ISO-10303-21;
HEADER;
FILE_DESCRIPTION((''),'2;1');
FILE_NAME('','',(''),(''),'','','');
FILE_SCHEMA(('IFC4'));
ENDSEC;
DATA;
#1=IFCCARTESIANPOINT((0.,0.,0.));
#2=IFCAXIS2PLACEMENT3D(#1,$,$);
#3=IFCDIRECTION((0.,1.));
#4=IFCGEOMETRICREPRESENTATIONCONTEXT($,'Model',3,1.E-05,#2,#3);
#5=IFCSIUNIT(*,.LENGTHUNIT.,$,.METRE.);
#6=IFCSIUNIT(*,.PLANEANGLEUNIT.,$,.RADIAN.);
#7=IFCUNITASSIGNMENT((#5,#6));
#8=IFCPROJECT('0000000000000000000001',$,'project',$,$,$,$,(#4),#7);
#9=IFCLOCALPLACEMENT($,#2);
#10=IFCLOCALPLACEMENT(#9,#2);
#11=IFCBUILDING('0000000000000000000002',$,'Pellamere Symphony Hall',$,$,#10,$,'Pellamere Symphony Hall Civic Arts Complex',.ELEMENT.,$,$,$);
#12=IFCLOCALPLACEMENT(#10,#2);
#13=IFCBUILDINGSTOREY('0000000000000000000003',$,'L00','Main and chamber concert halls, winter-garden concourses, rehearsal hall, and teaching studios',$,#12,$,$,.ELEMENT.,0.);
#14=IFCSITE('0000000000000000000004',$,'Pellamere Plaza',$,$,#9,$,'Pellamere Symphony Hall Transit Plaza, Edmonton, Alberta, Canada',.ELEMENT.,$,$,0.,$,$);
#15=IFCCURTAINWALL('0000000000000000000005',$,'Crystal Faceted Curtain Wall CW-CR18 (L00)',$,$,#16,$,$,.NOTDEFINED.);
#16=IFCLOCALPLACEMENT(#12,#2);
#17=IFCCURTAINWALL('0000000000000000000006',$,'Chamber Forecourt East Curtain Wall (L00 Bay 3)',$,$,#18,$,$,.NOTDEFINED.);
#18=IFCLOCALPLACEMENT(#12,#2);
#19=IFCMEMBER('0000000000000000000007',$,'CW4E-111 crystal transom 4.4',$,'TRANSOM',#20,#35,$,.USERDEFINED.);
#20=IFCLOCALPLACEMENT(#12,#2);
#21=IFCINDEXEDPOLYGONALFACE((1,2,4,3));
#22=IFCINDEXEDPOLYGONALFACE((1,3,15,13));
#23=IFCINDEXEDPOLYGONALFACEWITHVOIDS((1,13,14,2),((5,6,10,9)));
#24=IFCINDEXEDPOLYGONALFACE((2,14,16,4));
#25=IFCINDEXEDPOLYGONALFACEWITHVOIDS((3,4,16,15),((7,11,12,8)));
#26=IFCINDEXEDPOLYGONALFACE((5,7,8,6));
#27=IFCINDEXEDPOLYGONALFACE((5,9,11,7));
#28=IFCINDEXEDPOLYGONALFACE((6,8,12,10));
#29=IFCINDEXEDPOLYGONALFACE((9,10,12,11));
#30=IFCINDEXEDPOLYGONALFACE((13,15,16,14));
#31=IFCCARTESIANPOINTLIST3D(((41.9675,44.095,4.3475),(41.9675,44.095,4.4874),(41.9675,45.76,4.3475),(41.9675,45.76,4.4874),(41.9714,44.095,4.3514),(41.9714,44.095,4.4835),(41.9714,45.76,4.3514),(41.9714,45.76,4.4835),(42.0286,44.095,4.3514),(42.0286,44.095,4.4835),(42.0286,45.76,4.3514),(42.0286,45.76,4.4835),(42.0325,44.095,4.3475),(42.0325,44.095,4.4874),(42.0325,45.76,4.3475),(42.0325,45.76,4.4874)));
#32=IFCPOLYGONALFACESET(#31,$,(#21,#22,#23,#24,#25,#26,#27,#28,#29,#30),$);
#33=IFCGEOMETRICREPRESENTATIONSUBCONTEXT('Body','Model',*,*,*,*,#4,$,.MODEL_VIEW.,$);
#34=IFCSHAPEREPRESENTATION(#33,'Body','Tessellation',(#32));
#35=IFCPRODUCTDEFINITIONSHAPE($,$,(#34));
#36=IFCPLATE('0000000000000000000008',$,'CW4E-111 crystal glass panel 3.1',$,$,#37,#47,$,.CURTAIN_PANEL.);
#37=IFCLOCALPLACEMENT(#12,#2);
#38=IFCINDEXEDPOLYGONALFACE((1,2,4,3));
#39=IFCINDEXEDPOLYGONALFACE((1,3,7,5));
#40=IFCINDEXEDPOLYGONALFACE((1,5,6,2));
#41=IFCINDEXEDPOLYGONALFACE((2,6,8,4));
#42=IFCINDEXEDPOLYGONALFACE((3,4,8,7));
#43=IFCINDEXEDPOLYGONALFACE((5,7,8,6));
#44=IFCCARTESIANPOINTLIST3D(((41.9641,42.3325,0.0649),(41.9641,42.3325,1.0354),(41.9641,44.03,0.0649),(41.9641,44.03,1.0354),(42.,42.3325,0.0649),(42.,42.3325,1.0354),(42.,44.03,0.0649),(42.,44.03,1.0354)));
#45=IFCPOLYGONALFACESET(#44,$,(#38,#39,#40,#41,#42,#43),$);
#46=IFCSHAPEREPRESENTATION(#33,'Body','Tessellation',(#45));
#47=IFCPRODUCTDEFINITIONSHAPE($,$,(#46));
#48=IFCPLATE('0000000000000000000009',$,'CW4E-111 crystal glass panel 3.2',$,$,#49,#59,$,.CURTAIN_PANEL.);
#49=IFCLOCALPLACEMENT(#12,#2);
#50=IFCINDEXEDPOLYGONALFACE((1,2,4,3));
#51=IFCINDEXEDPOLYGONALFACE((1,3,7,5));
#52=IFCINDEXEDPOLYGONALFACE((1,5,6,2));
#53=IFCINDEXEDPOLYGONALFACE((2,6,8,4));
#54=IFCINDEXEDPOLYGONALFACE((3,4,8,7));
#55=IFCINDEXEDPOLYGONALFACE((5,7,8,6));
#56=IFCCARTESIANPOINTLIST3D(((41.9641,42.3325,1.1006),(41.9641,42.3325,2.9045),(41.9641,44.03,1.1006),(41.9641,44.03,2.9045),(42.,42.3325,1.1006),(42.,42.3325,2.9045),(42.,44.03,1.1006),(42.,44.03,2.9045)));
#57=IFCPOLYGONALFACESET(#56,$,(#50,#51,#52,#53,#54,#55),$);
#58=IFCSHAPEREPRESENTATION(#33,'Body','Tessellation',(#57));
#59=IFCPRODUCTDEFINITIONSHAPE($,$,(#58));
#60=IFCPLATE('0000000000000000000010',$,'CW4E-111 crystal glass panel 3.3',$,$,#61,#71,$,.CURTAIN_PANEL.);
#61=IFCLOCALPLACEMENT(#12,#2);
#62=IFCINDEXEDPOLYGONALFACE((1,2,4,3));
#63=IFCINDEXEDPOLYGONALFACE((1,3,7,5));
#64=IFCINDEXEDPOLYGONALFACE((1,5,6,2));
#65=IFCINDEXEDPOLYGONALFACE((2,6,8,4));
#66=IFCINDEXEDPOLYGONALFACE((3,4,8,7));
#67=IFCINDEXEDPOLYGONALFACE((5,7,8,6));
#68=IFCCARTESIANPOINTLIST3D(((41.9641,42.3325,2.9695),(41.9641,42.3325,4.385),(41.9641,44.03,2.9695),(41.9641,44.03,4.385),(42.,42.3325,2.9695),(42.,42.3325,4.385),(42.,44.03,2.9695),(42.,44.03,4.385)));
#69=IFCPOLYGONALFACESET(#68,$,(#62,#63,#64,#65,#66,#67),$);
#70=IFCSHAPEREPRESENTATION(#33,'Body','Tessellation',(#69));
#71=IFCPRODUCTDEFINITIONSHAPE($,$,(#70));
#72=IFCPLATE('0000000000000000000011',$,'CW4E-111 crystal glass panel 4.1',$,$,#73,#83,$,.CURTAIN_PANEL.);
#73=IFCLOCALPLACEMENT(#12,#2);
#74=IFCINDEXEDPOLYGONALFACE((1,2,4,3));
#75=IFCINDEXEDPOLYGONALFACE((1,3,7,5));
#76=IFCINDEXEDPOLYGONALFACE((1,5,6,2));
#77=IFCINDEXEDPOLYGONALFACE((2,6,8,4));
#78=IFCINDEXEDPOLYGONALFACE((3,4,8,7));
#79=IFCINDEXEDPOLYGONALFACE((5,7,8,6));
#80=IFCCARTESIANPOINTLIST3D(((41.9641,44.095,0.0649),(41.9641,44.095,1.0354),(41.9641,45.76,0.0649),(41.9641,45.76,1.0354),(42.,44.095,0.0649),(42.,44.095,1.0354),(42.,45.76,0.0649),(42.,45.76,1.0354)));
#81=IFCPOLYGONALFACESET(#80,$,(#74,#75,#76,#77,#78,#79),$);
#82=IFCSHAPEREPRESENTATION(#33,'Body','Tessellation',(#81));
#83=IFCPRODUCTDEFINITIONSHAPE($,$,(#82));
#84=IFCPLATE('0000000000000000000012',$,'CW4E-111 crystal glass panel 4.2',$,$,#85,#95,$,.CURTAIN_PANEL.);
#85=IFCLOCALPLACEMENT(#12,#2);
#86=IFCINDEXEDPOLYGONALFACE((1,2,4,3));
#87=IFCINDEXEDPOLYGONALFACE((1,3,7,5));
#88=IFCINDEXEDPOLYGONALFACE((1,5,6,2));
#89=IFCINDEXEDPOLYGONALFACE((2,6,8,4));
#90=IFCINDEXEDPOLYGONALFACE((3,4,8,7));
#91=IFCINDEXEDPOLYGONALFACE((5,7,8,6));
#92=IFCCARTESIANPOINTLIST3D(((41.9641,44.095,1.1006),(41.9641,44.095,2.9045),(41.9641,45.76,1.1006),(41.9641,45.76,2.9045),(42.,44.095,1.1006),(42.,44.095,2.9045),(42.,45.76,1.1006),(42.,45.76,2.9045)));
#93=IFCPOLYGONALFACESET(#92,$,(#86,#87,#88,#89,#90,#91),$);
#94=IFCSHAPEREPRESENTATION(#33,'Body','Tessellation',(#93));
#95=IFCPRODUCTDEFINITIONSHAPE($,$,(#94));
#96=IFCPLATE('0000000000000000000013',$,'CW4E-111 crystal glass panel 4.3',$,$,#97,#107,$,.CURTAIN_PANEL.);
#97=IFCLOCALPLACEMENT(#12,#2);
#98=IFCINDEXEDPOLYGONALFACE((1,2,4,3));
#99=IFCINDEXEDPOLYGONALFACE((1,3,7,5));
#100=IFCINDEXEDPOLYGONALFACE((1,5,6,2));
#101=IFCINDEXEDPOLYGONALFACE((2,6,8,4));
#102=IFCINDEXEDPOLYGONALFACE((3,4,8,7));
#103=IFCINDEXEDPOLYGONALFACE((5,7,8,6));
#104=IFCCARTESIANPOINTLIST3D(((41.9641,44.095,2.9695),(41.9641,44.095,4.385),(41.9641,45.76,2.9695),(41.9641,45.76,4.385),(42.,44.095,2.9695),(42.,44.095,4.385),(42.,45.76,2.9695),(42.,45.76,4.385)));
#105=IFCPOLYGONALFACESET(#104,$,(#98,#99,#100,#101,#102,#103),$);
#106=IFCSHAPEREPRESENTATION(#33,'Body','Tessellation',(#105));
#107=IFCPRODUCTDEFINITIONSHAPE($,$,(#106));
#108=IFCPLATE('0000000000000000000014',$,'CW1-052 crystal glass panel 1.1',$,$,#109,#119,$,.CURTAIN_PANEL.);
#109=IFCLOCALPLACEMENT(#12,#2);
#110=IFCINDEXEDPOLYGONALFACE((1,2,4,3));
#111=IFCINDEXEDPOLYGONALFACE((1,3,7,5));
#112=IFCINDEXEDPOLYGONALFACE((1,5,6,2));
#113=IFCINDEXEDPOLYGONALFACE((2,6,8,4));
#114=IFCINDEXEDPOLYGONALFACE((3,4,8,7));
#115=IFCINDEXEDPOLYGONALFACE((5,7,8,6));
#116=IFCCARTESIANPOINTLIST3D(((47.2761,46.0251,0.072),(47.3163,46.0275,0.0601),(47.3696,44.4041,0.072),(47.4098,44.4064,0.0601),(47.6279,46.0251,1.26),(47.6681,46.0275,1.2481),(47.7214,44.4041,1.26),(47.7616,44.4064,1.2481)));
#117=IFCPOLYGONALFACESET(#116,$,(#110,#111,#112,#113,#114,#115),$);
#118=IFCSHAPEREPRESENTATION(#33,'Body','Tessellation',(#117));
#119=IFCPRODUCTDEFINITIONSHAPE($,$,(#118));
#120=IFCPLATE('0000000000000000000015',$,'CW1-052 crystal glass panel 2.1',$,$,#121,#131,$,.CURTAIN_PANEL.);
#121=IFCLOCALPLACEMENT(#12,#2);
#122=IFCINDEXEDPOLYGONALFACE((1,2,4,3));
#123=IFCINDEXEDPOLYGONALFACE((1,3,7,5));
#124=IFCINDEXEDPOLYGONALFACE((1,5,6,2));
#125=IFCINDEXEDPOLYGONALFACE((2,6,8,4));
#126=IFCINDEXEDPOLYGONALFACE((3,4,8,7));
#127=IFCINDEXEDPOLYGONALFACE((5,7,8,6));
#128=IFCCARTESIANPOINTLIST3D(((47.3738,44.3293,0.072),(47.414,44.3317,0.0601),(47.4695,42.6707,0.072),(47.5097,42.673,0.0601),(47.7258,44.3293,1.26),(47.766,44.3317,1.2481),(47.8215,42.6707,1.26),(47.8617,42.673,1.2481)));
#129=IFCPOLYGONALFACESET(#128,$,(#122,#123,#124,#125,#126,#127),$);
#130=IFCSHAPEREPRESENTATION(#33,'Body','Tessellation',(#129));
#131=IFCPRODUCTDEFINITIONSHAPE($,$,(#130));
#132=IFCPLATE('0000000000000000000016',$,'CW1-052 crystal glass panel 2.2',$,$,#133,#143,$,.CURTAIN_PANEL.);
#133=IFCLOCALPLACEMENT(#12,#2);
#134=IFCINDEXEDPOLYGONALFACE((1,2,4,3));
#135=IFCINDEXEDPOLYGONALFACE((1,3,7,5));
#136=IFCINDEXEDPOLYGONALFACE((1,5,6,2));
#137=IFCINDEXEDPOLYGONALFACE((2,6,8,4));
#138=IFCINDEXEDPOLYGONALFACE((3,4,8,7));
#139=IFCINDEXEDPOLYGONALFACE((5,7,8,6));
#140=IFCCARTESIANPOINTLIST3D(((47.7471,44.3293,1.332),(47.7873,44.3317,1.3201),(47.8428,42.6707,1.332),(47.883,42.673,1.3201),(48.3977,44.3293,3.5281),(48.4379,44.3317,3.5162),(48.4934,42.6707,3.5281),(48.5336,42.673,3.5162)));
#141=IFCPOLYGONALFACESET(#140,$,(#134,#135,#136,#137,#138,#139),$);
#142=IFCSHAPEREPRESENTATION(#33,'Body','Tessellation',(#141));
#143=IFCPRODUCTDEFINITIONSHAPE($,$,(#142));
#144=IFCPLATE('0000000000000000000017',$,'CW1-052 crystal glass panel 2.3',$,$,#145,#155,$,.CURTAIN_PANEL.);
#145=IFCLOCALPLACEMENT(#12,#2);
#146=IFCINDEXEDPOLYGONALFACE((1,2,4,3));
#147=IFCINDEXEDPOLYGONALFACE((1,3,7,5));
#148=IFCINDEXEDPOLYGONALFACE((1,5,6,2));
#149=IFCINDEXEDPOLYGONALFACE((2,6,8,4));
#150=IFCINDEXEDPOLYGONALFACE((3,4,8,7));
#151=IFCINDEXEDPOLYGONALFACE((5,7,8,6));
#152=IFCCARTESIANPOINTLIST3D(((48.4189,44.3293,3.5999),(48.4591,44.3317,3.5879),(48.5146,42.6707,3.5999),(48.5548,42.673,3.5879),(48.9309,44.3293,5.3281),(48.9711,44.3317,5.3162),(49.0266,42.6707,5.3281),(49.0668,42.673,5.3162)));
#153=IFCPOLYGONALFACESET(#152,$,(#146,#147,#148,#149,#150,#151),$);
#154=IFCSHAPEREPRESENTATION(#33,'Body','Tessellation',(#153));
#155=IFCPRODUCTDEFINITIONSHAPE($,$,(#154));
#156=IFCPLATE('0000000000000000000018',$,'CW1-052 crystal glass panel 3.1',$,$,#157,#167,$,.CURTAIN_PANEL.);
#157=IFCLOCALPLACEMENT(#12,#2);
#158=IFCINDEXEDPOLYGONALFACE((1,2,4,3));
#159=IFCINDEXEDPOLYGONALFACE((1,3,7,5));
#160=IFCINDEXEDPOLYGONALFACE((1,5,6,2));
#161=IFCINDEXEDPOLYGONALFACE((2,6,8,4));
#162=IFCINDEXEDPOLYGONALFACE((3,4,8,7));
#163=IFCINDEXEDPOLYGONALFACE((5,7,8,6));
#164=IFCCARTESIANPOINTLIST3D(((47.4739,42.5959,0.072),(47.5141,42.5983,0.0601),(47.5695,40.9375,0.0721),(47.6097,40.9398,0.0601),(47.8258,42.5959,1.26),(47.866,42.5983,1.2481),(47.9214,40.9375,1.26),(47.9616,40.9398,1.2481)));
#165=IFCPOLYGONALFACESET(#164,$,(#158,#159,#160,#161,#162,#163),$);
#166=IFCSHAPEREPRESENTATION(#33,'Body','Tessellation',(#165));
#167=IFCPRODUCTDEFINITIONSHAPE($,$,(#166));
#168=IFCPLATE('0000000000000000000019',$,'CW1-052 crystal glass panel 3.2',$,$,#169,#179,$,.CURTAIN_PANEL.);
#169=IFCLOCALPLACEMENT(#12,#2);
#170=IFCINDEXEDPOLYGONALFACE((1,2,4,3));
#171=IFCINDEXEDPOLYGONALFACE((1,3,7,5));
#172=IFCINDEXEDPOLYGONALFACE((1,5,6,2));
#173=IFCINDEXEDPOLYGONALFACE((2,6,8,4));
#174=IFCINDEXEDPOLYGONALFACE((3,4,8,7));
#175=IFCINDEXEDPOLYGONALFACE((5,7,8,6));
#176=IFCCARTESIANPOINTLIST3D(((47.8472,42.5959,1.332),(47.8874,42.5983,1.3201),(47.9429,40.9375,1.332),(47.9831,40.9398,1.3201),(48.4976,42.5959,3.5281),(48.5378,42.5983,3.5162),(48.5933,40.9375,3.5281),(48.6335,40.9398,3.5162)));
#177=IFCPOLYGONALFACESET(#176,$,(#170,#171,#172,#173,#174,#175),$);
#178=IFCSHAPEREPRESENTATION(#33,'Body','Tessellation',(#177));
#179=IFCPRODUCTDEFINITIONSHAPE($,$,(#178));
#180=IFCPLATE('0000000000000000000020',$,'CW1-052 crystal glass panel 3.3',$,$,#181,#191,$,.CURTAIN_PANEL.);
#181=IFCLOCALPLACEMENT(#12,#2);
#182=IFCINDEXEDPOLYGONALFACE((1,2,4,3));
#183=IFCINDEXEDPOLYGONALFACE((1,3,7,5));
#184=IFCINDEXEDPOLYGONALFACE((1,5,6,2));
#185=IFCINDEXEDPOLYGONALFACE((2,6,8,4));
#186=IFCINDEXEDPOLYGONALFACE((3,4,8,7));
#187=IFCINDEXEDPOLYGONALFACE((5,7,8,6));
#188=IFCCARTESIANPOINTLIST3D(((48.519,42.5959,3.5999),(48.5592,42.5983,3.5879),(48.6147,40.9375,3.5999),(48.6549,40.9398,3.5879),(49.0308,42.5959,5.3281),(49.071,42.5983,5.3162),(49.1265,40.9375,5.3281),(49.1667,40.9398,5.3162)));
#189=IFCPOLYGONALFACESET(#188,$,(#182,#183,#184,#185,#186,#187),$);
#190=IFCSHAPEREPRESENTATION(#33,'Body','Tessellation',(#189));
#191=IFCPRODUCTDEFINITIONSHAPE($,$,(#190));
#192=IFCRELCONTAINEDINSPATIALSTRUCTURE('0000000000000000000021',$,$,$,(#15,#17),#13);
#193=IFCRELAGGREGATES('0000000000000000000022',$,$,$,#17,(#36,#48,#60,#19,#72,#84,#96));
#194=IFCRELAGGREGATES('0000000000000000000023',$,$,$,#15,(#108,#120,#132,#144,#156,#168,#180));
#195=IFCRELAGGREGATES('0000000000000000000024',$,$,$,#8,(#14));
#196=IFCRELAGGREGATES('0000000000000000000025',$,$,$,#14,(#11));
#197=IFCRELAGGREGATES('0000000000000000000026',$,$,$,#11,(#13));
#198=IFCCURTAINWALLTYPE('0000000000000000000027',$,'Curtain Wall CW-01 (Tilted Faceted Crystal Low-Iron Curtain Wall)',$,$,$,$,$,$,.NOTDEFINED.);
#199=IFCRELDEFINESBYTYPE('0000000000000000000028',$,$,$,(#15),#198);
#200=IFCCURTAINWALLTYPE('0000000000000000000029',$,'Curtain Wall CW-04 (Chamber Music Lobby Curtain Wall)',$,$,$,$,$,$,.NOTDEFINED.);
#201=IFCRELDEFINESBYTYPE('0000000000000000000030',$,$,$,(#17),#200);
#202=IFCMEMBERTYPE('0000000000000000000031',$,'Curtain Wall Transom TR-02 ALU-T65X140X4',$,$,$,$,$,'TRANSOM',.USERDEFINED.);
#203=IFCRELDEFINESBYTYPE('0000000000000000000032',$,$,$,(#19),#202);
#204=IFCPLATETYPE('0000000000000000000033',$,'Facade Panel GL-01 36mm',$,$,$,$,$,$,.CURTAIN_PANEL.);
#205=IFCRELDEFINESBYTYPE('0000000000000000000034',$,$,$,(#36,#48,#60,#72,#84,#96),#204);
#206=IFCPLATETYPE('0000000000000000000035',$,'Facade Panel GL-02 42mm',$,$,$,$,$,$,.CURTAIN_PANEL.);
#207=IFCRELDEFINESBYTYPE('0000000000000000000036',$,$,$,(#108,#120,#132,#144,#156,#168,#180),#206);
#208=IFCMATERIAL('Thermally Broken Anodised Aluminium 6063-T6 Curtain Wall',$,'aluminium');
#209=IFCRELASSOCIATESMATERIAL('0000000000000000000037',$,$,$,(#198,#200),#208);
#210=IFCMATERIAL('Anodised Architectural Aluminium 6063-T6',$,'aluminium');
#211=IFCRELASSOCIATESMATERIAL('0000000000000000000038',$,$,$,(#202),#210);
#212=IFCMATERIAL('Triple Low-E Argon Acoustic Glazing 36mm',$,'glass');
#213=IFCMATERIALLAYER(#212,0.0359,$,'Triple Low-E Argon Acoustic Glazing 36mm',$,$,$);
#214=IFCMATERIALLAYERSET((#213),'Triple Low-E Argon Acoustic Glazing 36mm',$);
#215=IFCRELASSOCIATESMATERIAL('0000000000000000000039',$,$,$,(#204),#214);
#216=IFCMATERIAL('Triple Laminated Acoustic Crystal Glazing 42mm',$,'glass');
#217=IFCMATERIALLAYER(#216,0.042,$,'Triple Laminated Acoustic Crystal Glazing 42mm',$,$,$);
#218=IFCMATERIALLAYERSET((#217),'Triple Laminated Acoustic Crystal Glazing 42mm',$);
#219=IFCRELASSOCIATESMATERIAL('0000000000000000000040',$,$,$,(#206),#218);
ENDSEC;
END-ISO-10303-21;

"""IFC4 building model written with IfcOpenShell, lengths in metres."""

from ifc_helpers import new_model, si_unit, direction, frame, origin, origin_2d, place, context, subcontext, project, spatial, polyline, hollow_rectangle, outline, extrude, material, layer, layer_set, material_profile, profile_set, type_object, element, aggregate, save


model = new_model("IFC4")

# Units and contexts
model_context = context("Model", 3, precision=1e-05, world=origin(), true_north=direction((0.0, 1.0)))
body_context = subcontext(model_context, "Body", "Model", "MODEL_VIEW")
ifc_project = project(units=[si_unit("LENGTHUNIT", "METRE"), si_unit("PLANEANGLEUNIT", "RADIAN")], contexts=[model_context])

# Site, building, storey
site_placement = place(None, origin())
site = spatial("IfcSite", under=ifc_project, at=site_placement, Name="Pellamere Plaza", LongName="Pellamere Symphony Hall Transit Plaza, Edmonton, Alberta, Canada", CompositionType="ELEMENT", RefElevation=0.0)
building_placement = place(site_placement, origin())
building = spatial("IfcBuilding", under=site, at=building_placement, Name="Pellamere Symphony Hall", LongName="Pellamere Symphony Hall Civic Arts Complex", CompositionType="ELEMENT")
storey_placement = place(building_placement, origin())
storey = spatial("IfcBuildingStorey", under=building, at=storey_placement, Name="L00", Description="Main and chamber concert halls, winter-garden concourses, rehearsal hall, and teaching studios", CompositionType="ELEMENT", Elevation=0.0)

# Curtain walls
ifc_material_1 = material(Name="Thermally Broken Anodised Aluminium 6063-T6 Curtain Wall", Category="aluminium")
curtain_wall_type_1 = type_object("IfcCurtainWallType", Name="Curtain Wall CW-01 (Tilted Faceted Crystal Low-Iron Curtain Wall)", PredefinedType="NOTDEFINED", material=ifc_material_1)
curtain_wall_1_placement = place(storey_placement, origin())
curtain_wall_1 = element("IfcCurtainWall", 1, at=curtain_wall_1_placement, inside=storey, type_object=curtain_wall_type_1, Name="Crystal Faceted Curtain Wall CW-CR18 (L00)", PredefinedType="NOTDEFINED")
ifc_material_2 = material(Name="Anodised Architectural Aluminium 6063-T6", Category="aluminium")
curtain_wall_type_2 = type_object("IfcCurtainWallType", Name="Curtain Wall CW-04 (Chamber Music Lobby Curtain Wall)", PredefinedType="NOTDEFINED", material=ifc_material_1)
curtain_wall_2_placement = place(storey_placement, origin())
curtain_wall_2 = element("IfcCurtainWall", 2, at=curtain_wall_2_placement, inside=storey, type_object=curtain_wall_type_2, Name="Chamber Forecourt East Curtain Wall (L00 Bay 3)", PredefinedType="NOTDEFINED")

# Member
ifc_material_profile_1 = material_profile(ifc_material_2, hollow_rectangle(XDim=0.0649, YDim=0.1399, WallThickness=0.0039, at=origin_2d()), Name="ALU-T65X140X4")
ifc_profile_set_1 = profile_set([ifc_material_profile_1], Name="Anodised Architectural Aluminium 6063-T6")
member_type_1 = type_object("IfcMemberType", Name="Curtain Wall Transom TR-02 ALU-T65X140X4", ElementType="TRANSOM", PredefinedType="USERDEFINED", material=ifc_profile_set_1)
member_1_placement = place(storey_placement, frame((42.0, 44.095, 4.4175), z_axis=(0.0, 1.0, 0.0), x_axis=(-1.0, 0.0, 0.0)))
member_1 = element("IfcMember", 3, at=member_1_placement, type_object=member_type_1, Name="CW4E-111 crystal transom 4.4", ObjectType="TRANSOM", PredefinedType="USERDEFINED", context=body_context, shape_type="SweptSolid", body=[
    extrude(hollow_rectangle(XDim=0.0649, YDim=0.1399, WallThickness=0.0039, at=origin_2d()), origin(), (0.0, 0.0, 1.0), 1.665),
])

# Plates
ifc_material_3 = material(Name="Triple Low-E Argon Acoustic Glazing 36mm", Category="glass")
ifc_layer_1 = layer(ifc_material_3, 0.0359, Name="Triple Low-E Argon Acoustic Glazing 36mm")
ifc_layer_set_1 = layer_set([ifc_layer_1], Name="Triple Low-E Argon Acoustic Glazing 36mm")
plate_type_1 = type_object("IfcPlateType", Name="Facade Panel GL-01 36mm", PredefinedType="CURTAIN_PANEL", material=ifc_layer_set_1)
plate_1_placement = place(storey_placement, frame((42.0, 42.3325, 0.0649), z_axis=(1.0, 0.0, 0.0), x_axis=(0.0, 1.0, 0.0)))
plate_1 = element("IfcPlate", 4, at=plate_1_placement, type_object=plate_type_1, Name="CW4E-111 crystal glass panel 3.1", PredefinedType="CURTAIN_PANEL", context=body_context, shape_type="SweptSolid", body=[
    extrude(outline(polyline([(0.0, 0.0), (1.6975, 0.0), (1.6975, 0.9705), (0.0, 0.9705), (0.0, 0.0)])), origin(), (0.0, 0.0, -1.0), 0.0359),
])
plate_2_placement = place(storey_placement, frame((42.0, 42.3325, 1.1006), z_axis=(1.0, 0.0, 0.0), x_axis=(0.0, 1.0, 0.0)))
plate_2 = element("IfcPlate", 5, at=plate_2_placement, type_object=plate_type_1, Name="CW4E-111 crystal glass panel 3.2", PredefinedType="CURTAIN_PANEL", context=body_context, shape_type="SweptSolid", body=[
    extrude(outline(polyline([(0.0, 0.0), (1.6975, 0.0), (1.6975, 1.804), (0.0, 1.804), (0.0, 0.0)])), origin(), (0.0, 0.0, -1.0), 0.0359),
])
plate_3_placement = place(storey_placement, frame((42.0, 42.3325, 2.9695), z_axis=(1.0, 0.0, 0.0), x_axis=(0.0, 1.0, 0.0)))
plate_3 = element("IfcPlate", 6, at=plate_3_placement, type_object=plate_type_1, Name="CW4E-111 crystal glass panel 3.3", PredefinedType="CURTAIN_PANEL", context=body_context, shape_type="SweptSolid", body=[
    extrude(outline(polyline([(0.0, 0.0), (1.6975, 0.0), (1.6975, 1.4155), (0.0, 1.4155), (0.0, 0.0)])), origin(), (0.0, 0.0, -1.0), 0.0359),
])
plate_4_placement = place(storey_placement, frame((42.0, 44.095, 0.0649), z_axis=(1.0, 0.0, 0.0), x_axis=(0.0, 1.0, 0.0)))
plate_4 = element("IfcPlate", 7, at=plate_4_placement, type_object=plate_type_1, Name="CW4E-111 crystal glass panel 4.1", PredefinedType="CURTAIN_PANEL", context=body_context, shape_type="SweptSolid", body=[
    extrude(outline(polyline([(0.0, 0.0), (1.665, 0.0), (1.665, 0.9705), (0.0, 0.9705), (0.0, 0.0)])), origin(), (0.0, 0.0, -1.0), 0.0359),
])
plate_5_placement = place(storey_placement, frame((42.0, 44.095, 1.1006), z_axis=(1.0, 0.0, 0.0), x_axis=(0.0, 1.0, 0.0)))
plate_5 = element("IfcPlate", 8, at=plate_5_placement, type_object=plate_type_1, Name="CW4E-111 crystal glass panel 4.2", PredefinedType="CURTAIN_PANEL", context=body_context, shape_type="SweptSolid", body=[
    extrude(outline(polyline([(0.0, 0.0), (1.665, 0.0), (1.665, 1.804), (0.0, 1.804), (0.0, 0.0)])), origin(), (0.0, 0.0, -1.0), 0.0359),
])
plate_6_placement = place(storey_placement, frame((42.0, 44.095, 2.9695), z_axis=(1.0, 0.0, 0.0), x_axis=(0.0, 1.0, 0.0)))
plate_6 = element("IfcPlate", 9, at=plate_6_placement, type_object=plate_type_1, Name="CW4E-111 crystal glass panel 4.3", PredefinedType="CURTAIN_PANEL", context=body_context, shape_type="SweptSolid", body=[
    extrude(outline(polyline([(0.0, 0.0), (1.665, 0.0), (1.665, 1.4155), (0.0, 1.4155), (0.0, 0.0)])), origin(), (0.0, 0.0, -1.0), 0.0359),
])
aggregate(curtain_wall_2, [plate_1, plate_2, plate_3, member_1, plate_4, plate_5, plate_6])
ifc_material_4 = material(Name="Triple Laminated Acoustic Crystal Glazing 42mm", Category="glass")
ifc_layer_2 = layer(ifc_material_4, 0.042, Name="Triple Laminated Acoustic Crystal Glazing 42mm")
ifc_layer_set_2 = layer_set([ifc_layer_2], Name="Triple Laminated Acoustic Crystal Glazing 42mm")
plate_type_2 = type_object("IfcPlateType", Name="Facade Panel GL-02 42mm", PredefinedType="CURTAIN_PANEL", material=ifc_layer_set_2)
plate_7_placement = place(storey_placement, frame((47.2761, 46.0251, 0.072), z_axis=(-0.957377, -0.055222, 0.283514), x_axis=(0.057585, -0.998341, 0.0)))
plate_7 = element("IfcPlate", 10, at=plate_7_placement, type_object=plate_type_2, Name="CW1-052 crystal glass panel 1.1", PredefinedType="CURTAIN_PANEL", context=body_context, shape_type="SweptSolid", body=[
    extrude(outline(polyline([(0.0, 0.0), (1.6238, 0.0), (1.644, 1.2388), (0.0203, 1.2388), (0.0, 0.0)])), origin(), (0.0, 0.0, -1.0), 0.042),
])
plate_8_placement = place(storey_placement, frame((47.3738, 44.3293, 0.072), z_axis=(-0.957322, -0.055236, 0.283695), x_axis=(0.057602, -0.99834, 0.0)))
plate_8 = element("IfcPlate", 11, at=plate_8_placement, type_object=plate_type_2, Name="CW1-052 crystal glass panel 2.1", PredefinedType="CURTAIN_PANEL", context=body_context, shape_type="SweptSolid", body=[
    extrude(outline(polyline([(0.0, 0.0), (1.6615, 0.0), (1.6817, 1.2389), (0.0203, 1.2389), (0.0, 0.0)])), origin(), (0.0, 0.0, -1.0), 0.042),
])
plate_9_placement = place(storey_placement, frame((47.7471, 44.3293, 1.332), z_axis=(-0.95734, -0.055237, 0.283636), x_axis=(0.057602, -0.99834, 0.0)))
plate_9 = element("IfcPlate", 12, at=plate_9_placement, type_object=plate_type_2, Name="CW1-052 crystal glass panel 2.2", PredefinedType="CURTAIN_PANEL", context=body_context, shape_type="SweptSolid", body=[
    extrude(outline(polyline([(0.0, 0.0), (1.6615, 0.0), (1.6989, 2.2901), (0.0375, 2.2901), (0.0, 0.0)])), origin(), (0.0, 0.0, -1.0), 0.042),
])
plate_10_placement = place(storey_placement, frame((48.4189, 44.3293, 3.5999), z_axis=(-0.957352, -0.055237, 0.283595), x_axis=(0.057602, -0.99834, 0.0)))
plate_10 = element("IfcPlate", 13, at=plate_10_placement, type_object=plate_type_2, Name="CW1-052 crystal glass panel 2.3", PredefinedType="CURTAIN_PANEL", context=body_context, shape_type="SweptSolid", body=[
    extrude(outline(polyline([(0.0, 0.0), (1.6615, 0.0), (1.6909, 1.8023), (0.0295, 1.8023), (0.0, 0.0)])), origin(), (0.0, 0.0, -1.0), 0.042),
])
plate_11_placement = place(storey_placement, frame((47.4739, 42.5959, 0.072), z_axis=(-0.957352, -0.055175, 0.283605), x_axis=(0.057543, -0.998343, 0.00002)))
plate_11 = element("IfcPlate", 14, at=plate_11_placement, type_object=plate_type_2, Name="CW1-052 crystal glass panel 3.1", PredefinedType="CURTAIN_PANEL", context=body_context, shape_type="SweptSolid", body=[
    extrude(outline(polyline([(0.0, 0.0), (1.6612, 0.0), (1.6815, 1.2388), (0.0203, 1.2389), (0.0, 0.0)])), origin(), (0.0, 0.0, -1.0), 0.042),
])
plate_12_placement = place(storey_placement, frame((47.8472, 42.5959, 1.332), z_axis=(-0.957368, -0.055246, 0.283538), x_axis=(0.057611, -0.998339, 0.0)))
plate_12 = element("IfcPlate", 15, at=plate_12_placement, type_object=plate_type_2, Name="CW1-052 crystal glass panel 3.2", PredefinedType="CURTAIN_PANEL", context=body_context, shape_type="SweptSolid", body=[
    extrude(outline(polyline([(0.0, 0.0), (1.6612, 0.0), (1.6987, 2.29), (0.0375, 2.29), (0.0, 0.0)])), origin(), (0.0, 0.0, -1.0), 0.042),
])
plate_13_placement = place(storey_placement, frame((48.519, 42.5959, 3.5999), z_axis=(-0.957388, -0.055247, 0.28347), x_axis=(0.057611, -0.998339, 0.0)))
plate_13 = element("IfcPlate", 16, at=plate_13_placement, type_object=plate_type_2, Name="CW1-052 crystal glass panel 3.3", PredefinedType="CURTAIN_PANEL", context=body_context, shape_type="SweptSolid", body=[
    extrude(outline(polyline([(0.0, 0.0), (1.6612, 0.0), (1.6907, 1.8022), (0.0295, 1.8022), (0.0, 0.0)])), origin(), (0.0, 0.0, -1.0), 0.042),
])
aggregate(curtain_wall_1, [plate_7, plate_8, plate_9, plate_10, plate_11, plate_12, plate_13])

save(model, "model.ifc")
